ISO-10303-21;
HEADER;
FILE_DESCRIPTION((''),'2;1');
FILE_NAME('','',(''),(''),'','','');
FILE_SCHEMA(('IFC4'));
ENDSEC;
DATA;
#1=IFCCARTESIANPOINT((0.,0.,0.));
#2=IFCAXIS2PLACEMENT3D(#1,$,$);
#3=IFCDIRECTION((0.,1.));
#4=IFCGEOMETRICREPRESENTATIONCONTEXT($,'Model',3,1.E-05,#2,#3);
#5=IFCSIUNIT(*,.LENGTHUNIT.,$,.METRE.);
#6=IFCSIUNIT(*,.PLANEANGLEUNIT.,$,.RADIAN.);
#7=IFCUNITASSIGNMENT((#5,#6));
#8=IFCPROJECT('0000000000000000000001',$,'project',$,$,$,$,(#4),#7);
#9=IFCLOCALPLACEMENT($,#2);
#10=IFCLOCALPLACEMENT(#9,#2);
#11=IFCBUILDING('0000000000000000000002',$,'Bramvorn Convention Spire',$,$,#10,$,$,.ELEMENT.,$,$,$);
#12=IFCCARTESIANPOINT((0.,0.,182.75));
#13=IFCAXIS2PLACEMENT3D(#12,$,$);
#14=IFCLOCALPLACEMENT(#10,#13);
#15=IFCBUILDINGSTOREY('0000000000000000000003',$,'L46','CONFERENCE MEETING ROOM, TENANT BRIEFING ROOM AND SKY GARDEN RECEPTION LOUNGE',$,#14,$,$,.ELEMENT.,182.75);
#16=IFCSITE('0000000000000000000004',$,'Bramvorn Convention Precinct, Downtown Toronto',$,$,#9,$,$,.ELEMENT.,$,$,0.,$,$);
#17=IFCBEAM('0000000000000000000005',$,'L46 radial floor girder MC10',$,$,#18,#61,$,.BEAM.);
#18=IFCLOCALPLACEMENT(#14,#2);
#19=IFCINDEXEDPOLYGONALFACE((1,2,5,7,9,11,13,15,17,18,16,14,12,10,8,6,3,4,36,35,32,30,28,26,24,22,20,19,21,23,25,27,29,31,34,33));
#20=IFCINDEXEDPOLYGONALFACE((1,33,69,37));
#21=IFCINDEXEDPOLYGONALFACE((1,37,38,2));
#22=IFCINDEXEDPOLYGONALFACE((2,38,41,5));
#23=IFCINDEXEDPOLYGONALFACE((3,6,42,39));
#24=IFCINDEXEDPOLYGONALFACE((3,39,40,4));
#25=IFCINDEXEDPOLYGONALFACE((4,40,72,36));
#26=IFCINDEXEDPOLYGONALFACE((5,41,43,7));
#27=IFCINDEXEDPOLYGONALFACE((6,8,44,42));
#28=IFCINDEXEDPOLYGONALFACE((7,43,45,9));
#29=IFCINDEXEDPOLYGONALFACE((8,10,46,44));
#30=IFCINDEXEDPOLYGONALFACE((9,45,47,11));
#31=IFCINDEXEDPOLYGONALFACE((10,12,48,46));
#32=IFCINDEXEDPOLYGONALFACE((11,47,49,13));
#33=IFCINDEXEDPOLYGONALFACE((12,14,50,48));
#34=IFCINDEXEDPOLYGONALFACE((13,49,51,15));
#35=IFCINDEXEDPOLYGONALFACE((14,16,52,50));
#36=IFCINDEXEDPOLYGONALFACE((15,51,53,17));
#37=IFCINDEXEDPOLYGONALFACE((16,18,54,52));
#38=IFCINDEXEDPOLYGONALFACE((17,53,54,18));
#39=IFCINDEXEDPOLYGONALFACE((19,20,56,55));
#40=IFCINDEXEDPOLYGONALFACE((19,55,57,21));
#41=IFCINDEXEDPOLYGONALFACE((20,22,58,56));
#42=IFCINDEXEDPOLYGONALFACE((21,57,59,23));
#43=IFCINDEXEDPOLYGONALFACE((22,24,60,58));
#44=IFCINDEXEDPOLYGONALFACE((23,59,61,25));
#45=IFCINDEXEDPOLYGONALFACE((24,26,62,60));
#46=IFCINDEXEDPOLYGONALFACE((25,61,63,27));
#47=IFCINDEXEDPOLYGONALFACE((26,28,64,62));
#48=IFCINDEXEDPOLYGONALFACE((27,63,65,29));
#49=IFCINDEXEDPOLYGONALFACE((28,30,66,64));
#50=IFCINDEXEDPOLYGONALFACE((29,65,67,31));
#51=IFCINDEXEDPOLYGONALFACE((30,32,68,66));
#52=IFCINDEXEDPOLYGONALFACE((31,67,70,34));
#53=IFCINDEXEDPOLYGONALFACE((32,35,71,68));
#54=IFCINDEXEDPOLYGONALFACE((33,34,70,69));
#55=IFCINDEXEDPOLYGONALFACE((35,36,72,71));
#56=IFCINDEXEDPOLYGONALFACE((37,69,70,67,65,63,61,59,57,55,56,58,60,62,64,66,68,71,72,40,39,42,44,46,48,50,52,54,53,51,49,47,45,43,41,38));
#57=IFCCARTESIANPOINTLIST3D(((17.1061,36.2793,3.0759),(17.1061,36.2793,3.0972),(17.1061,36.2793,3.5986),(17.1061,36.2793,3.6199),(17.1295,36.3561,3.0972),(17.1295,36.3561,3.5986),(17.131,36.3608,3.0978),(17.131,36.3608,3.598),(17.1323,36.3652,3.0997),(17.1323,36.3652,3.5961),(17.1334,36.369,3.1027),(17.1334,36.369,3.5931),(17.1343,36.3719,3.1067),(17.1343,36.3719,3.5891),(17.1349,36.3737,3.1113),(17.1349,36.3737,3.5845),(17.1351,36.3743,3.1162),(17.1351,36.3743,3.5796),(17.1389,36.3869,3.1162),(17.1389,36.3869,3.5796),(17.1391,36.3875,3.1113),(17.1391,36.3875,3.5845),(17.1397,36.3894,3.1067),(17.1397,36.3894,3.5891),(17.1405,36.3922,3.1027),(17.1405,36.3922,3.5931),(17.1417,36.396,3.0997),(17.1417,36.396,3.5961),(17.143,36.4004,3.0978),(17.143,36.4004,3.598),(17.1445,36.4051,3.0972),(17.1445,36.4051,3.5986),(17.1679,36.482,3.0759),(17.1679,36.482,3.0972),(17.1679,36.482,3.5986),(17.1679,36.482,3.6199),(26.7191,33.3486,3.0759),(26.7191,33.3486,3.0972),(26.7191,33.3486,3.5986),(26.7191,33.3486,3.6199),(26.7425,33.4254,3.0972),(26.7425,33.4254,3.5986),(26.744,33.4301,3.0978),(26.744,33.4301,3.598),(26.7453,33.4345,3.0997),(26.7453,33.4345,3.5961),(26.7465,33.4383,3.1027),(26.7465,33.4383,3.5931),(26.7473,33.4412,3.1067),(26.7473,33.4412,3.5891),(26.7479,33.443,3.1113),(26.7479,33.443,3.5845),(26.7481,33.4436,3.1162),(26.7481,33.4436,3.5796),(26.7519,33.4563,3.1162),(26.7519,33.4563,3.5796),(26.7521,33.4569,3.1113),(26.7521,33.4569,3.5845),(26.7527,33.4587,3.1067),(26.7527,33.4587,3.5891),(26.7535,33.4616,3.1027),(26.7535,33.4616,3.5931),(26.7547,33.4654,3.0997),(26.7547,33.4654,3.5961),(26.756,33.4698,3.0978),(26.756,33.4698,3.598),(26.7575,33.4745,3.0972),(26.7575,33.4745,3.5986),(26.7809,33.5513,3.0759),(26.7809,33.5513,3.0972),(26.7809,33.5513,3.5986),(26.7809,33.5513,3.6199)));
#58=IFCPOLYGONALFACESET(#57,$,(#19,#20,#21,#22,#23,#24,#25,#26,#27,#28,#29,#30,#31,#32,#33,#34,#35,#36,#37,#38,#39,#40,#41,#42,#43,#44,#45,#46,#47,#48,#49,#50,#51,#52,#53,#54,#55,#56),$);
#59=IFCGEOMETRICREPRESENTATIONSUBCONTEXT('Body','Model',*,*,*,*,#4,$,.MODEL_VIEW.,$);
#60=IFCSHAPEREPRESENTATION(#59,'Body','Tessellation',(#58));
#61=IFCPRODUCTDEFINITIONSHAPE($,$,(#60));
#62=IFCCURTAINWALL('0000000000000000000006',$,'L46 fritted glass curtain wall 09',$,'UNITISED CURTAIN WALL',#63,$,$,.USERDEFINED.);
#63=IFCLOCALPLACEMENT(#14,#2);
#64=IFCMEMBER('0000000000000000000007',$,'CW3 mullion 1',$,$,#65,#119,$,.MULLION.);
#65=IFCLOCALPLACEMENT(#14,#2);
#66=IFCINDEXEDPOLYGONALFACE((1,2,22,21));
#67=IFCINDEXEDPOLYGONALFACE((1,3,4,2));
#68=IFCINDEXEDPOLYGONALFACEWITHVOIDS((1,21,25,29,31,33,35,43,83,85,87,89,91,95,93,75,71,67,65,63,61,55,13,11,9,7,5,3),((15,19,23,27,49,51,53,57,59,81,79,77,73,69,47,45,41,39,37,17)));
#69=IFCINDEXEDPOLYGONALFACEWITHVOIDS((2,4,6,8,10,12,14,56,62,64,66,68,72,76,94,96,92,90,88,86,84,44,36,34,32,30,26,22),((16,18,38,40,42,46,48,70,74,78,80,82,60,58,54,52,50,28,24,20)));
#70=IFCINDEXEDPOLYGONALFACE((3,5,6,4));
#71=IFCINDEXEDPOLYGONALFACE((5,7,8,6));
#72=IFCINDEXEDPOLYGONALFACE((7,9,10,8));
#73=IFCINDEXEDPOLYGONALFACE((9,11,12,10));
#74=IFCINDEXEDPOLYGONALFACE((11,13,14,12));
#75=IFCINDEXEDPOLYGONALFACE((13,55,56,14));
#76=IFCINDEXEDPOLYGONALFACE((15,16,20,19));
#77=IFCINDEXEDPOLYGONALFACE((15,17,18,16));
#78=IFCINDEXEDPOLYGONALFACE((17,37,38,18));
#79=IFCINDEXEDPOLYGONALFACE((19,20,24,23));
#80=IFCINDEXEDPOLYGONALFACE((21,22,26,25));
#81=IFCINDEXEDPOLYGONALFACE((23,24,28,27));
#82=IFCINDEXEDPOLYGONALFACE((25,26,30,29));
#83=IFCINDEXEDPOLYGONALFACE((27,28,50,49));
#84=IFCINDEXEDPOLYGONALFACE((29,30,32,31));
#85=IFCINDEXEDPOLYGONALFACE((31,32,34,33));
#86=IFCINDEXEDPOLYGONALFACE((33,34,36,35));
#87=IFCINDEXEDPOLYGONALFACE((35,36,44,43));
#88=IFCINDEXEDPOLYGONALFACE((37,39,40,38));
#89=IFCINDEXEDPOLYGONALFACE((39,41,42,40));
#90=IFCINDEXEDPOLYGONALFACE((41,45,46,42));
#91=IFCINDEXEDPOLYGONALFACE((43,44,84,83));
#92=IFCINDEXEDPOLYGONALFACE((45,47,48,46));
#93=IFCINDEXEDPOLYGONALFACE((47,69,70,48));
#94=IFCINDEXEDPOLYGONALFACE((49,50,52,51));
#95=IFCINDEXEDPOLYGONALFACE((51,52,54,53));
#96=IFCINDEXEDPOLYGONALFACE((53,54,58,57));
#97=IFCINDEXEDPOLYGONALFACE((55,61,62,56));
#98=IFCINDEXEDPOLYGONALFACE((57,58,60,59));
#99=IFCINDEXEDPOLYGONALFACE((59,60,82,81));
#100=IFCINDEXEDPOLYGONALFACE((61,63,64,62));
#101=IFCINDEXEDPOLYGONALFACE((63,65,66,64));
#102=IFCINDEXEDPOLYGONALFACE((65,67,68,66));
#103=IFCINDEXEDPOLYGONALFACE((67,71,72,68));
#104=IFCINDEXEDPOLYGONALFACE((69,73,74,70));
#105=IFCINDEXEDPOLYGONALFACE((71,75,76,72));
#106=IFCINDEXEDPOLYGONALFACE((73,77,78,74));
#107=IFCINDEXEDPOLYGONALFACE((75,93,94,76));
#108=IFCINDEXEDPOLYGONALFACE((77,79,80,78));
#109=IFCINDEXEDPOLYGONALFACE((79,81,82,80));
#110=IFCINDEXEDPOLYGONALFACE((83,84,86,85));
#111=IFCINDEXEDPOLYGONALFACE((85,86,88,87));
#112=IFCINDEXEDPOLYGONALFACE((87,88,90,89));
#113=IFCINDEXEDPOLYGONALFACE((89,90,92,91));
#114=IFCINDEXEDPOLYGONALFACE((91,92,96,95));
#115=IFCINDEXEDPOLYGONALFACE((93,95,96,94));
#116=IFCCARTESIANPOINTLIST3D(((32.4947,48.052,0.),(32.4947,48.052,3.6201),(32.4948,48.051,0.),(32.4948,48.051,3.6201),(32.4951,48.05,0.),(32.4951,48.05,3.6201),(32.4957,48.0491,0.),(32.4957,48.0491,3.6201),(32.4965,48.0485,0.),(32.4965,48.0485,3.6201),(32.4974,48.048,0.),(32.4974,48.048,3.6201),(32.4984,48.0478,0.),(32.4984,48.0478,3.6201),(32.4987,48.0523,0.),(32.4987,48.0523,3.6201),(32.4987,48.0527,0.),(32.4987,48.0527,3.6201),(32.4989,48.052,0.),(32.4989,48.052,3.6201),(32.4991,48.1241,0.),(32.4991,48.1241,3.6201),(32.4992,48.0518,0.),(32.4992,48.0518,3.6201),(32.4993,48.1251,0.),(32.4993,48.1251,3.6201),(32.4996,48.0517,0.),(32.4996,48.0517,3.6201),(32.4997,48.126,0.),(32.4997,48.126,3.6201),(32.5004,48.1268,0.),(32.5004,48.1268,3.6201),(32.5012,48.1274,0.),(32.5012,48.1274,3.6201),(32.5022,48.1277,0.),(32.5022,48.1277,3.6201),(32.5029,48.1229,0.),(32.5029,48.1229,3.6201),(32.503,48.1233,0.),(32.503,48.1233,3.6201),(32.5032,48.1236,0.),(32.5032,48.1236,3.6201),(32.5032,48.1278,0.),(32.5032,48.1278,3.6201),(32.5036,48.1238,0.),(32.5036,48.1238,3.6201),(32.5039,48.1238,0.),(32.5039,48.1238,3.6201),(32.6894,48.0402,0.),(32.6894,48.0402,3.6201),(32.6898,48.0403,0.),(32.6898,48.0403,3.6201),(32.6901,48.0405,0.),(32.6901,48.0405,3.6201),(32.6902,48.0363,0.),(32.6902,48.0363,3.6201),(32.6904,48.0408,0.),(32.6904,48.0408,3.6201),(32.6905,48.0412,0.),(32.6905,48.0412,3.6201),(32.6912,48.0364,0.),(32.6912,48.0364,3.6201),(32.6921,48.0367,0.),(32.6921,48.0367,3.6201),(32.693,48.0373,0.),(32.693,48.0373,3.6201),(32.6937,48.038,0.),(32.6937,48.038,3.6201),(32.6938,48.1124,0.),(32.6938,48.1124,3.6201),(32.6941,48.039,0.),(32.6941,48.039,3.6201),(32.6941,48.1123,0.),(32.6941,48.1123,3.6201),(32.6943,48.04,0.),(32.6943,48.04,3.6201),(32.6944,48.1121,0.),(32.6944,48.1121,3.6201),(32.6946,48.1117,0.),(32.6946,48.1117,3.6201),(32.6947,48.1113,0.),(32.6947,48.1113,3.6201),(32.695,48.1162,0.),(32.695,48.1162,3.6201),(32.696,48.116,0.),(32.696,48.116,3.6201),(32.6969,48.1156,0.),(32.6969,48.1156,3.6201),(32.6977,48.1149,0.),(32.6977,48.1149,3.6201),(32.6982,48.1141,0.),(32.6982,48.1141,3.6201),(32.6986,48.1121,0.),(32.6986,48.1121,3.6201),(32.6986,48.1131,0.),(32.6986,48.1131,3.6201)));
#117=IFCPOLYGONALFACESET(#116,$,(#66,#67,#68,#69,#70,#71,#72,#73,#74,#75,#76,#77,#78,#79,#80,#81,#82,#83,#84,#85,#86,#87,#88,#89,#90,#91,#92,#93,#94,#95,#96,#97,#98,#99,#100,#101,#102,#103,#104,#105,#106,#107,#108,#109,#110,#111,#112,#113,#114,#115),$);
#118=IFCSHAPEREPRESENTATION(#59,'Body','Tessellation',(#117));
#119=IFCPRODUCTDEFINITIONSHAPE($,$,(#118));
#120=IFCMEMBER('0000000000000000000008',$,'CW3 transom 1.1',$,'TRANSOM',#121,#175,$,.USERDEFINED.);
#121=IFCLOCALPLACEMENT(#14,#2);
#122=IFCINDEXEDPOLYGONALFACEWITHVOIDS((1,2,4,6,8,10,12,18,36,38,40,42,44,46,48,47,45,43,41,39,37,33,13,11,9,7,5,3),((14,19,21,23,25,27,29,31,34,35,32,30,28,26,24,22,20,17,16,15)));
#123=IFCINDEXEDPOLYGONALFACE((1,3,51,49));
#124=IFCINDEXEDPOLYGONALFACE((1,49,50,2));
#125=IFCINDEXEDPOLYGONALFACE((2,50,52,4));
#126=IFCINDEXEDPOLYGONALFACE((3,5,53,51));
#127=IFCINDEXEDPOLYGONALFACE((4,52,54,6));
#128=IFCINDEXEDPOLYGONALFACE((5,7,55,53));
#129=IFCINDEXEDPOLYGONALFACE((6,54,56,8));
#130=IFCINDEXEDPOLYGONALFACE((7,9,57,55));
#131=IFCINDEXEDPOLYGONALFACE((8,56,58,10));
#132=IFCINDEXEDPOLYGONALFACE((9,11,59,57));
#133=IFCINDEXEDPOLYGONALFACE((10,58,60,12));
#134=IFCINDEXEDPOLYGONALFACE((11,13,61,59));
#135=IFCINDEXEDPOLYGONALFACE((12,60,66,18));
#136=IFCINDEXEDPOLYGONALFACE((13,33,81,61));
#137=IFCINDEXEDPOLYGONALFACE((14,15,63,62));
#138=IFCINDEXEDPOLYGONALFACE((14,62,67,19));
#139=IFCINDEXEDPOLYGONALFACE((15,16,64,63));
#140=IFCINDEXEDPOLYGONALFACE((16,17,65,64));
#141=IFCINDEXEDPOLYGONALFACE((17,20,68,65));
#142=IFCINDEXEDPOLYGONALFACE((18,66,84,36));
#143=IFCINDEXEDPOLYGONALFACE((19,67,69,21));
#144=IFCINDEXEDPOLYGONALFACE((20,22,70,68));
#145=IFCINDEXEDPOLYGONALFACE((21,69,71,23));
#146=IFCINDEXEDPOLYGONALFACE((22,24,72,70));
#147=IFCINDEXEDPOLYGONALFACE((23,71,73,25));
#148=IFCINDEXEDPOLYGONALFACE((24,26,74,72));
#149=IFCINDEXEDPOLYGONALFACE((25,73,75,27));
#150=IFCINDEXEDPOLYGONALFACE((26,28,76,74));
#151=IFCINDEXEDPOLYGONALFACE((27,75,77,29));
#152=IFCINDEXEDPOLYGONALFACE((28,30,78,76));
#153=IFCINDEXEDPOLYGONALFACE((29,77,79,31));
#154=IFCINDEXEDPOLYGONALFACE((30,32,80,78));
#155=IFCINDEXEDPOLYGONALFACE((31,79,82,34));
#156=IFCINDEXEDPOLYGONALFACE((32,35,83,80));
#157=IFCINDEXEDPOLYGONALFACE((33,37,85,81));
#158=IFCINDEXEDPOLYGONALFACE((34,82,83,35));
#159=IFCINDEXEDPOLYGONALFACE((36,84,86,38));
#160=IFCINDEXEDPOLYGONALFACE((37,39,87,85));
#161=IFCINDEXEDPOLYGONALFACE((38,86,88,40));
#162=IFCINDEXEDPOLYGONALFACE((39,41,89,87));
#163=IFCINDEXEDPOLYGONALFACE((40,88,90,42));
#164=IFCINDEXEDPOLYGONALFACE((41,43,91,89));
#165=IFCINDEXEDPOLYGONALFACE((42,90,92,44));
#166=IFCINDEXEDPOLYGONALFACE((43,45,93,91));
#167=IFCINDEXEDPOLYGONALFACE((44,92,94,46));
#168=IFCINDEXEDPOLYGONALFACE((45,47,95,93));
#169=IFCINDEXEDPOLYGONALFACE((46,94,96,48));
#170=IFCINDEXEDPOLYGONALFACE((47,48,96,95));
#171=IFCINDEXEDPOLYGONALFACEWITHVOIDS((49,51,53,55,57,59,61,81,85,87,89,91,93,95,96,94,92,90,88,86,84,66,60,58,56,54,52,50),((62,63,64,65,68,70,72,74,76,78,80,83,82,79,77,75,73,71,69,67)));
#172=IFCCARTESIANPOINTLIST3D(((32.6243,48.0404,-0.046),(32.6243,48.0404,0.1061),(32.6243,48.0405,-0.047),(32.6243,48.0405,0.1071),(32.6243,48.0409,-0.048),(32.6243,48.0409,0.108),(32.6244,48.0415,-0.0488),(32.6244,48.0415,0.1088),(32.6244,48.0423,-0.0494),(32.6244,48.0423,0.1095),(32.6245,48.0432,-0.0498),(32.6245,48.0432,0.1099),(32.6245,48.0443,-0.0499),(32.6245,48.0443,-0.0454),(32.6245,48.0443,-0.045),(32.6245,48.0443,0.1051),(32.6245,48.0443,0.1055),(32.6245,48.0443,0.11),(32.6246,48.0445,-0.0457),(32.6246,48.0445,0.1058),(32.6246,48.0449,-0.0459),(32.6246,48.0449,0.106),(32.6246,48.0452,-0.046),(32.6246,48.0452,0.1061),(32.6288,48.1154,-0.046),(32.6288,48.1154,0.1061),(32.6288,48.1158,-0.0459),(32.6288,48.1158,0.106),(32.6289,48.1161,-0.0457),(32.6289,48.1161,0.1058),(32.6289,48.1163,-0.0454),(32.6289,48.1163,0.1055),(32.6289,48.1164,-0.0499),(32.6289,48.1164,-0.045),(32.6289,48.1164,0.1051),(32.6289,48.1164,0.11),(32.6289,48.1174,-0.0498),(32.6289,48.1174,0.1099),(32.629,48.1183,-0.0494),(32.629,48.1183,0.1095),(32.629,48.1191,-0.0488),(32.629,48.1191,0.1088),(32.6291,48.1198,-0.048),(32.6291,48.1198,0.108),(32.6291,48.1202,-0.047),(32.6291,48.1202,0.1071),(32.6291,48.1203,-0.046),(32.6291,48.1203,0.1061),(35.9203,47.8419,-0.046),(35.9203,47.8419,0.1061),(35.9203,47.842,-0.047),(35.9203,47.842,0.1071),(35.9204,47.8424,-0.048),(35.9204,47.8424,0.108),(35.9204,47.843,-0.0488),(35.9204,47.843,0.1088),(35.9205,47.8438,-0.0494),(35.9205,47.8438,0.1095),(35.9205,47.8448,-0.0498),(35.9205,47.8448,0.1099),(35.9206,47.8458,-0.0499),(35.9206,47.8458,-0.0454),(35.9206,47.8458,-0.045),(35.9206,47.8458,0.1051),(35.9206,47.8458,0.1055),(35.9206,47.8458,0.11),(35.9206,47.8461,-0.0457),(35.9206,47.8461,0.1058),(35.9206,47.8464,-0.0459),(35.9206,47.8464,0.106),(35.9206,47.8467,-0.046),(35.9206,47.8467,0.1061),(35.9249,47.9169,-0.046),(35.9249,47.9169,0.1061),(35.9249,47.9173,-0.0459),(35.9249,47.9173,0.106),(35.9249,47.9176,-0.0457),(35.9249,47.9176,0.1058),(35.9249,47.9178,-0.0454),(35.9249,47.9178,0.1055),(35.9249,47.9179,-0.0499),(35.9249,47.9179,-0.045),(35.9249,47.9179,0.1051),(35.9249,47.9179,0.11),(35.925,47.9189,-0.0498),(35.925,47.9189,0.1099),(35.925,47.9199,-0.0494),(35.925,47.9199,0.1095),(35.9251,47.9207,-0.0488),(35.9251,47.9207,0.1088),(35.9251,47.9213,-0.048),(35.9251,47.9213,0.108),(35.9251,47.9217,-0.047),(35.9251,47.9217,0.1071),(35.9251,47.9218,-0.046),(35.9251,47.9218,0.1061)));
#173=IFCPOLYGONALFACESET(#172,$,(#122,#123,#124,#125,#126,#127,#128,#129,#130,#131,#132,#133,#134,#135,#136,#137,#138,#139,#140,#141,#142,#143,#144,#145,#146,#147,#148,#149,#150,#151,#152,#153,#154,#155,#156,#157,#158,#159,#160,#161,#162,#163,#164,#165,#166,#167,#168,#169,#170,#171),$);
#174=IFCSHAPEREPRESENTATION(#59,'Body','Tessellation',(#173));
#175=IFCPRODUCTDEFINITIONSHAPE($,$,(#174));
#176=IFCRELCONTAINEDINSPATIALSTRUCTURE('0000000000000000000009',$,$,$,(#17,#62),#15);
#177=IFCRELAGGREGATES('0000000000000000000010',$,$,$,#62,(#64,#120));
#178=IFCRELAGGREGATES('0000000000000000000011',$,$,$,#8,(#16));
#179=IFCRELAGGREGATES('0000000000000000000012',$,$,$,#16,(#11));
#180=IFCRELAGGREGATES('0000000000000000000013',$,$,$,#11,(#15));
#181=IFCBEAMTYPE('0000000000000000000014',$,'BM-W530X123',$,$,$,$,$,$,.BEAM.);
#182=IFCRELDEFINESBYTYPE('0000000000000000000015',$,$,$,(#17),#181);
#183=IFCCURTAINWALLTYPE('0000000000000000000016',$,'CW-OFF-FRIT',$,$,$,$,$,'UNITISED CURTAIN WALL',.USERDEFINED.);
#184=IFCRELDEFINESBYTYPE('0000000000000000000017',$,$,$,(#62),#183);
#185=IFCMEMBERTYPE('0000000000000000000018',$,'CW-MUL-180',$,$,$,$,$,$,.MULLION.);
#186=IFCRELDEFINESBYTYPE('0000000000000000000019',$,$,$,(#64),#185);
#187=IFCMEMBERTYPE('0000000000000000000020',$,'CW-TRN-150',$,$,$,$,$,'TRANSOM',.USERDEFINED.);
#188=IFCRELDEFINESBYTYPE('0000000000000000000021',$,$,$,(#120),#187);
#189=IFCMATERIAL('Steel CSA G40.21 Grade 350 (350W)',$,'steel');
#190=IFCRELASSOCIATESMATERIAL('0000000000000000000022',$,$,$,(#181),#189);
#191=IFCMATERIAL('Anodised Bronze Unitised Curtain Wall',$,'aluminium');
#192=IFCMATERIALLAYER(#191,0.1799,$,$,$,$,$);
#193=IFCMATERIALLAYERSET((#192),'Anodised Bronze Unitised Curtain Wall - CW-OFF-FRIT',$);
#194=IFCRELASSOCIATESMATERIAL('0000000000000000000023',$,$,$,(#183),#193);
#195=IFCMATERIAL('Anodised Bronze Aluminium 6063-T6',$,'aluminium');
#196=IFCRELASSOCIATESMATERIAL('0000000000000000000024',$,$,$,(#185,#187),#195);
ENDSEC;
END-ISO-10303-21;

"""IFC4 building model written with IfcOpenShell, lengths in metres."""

from ifc_helpers import new_model, si_unit, direction, frame, origin, origin_2d, place, context, subcontext, project, spatial, hollow_rectangle, i_section, extrude, material, layer, layer_set, material_profile, profile_set, type_object, element, aggregate, save


model = new_model("IFC4")

# Units and contexts
model_context = context("Model", 3, precision=1e-05, world=origin(), true_north=direction((0.0, 1.0)))
body_context = subcontext(model_context, "Body", "Model", "MODEL_VIEW")
ifc_project = project(units=[si_unit("LENGTHUNIT", "METRE"), si_unit("PLANEANGLEUNIT", "RADIAN")], contexts=[model_context])

# Site, building, storey
site_placement = place(None, origin())
site = spatial("IfcSite", under=ifc_project, at=site_placement, Name="Bramvorn Convention Precinct, Downtown Toronto", CompositionType="ELEMENT", RefElevation=0.0)
building_placement = place(site_placement, origin())
building = spatial("IfcBuilding", under=site, at=building_placement, Name="Bramvorn Convention Spire", CompositionType="ELEMENT")
storey_placement = place(building_placement, frame((0.0, 0.0, 182.75)))
storey = spatial("IfcBuildingStorey", under=building, at=storey_placement, Name="L46", Description="CONFERENCE MEETING ROOM, TENANT BRIEFING ROOM AND SKY GARDEN RECEPTION LOUNGE", CompositionType="ELEMENT", Elevation=182.75)

# Shared definitions
ifc_material_1 = material(Name="Steel CSA G40.21 Grade 350 (350W)", Category="steel")

# Beam
ifc_material_profile_1 = material_profile(ifc_material_1, i_section(OverallWidth=0.2119, OverallDepth=0.5439, WebThickness=0.0132, FlangeThickness=0.0212, FilletRadius=0.019, at=origin_2d()))
ifc_profile_set_1 = profile_set([ifc_material_profile_1], Name="Steel CSA G40.21 Grade 350 (350W) - W530X123")
beam_type_1 = type_object("IfcBeamType", Name="BM-W530X123", PredefinedType="BEAM", material=ifc_profile_set_1)
beam_1_placement = place(storey_placement, frame((26.75, 33.45, 3.3479), z_axis=(-0.956536, 0.291613, 0.0), x_axis=(-0.291613, -0.956536, 0.0)))
element("IfcBeam", 1, at=beam_1_placement, inside=storey, type_object=beam_type_1, Name="L46 radial floor girder MC10", PredefinedType="BEAM", context=body_context, shape_type="SweptSolid", body=[
    extrude(i_section(OverallWidth=0.2119, OverallDepth=0.5439, WebThickness=0.0132, FlangeThickness=0.0212, FilletRadius=0.019, at=origin_2d()), origin(), (0.0, 0.0, 1.0), 10.0498),
])

# Curtain wall, members
ifc_material_2 = material(Name="Anodised Bronze Unitised Curtain Wall", Category="aluminium")
ifc_layer_1 = layer(ifc_material_2, 0.1799)
ifc_layer_set_1 = layer_set([ifc_layer_1], Name="Anodised Bronze Unitised Curtain Wall - CW-OFF-FRIT")
curtain_wall_type = type_object("IfcCurtainWallType", Name="CW-OFF-FRIT", ElementType="UNITISED CURTAIN WALL", PredefinedType="USERDEFINED", material=ifc_layer_set_1)
curtain_wall_placement = place(storey_placement, origin())
curtain_wall = element("IfcCurtainWall", 2, at=curtain_wall_placement, inside=storey, type_object=curtain_wall_type, Name="L46 fritted glass curtain wall 09", ObjectType="UNITISED CURTAIN WALL", PredefinedType="USERDEFINED")
ifc_material_3 = material(Name="Anodised Bronze Aluminium 6063-T6", Category="aluminium")
ifc_material_profile_2 = material_profile(ifc_material_3, hollow_rectangle(XDim=0.0801, YDim=0.2, WallThickness=0.0039, InnerFilletRadius=0.001, OuterFilletRadius=0.0039, at=origin_2d()))
ifc_profile_set_2 = profile_set([ifc_material_profile_2], Name="Anodised Bronze Aluminium 6063-T6 - CWM80X200")
member_type_1 = type_object("IfcMemberType", Name="CW-MUL-180", PredefinedType="MULLION", material=ifc_profile_set_2)
member_1_placement = place(storey_placement, frame((32.5967, 48.082, 0.0), z_axis=(0.0, 0.0, 1.0), x_axis=(0.060123, 0.998191, 0.0)))
member_1 = element("IfcMember", 3, at=member_1_placement, type_object=member_type_1, Name="CW3 mullion 1", PredefinedType="MULLION", context=body_context, shape_type="SweptSolid", body=[
    extrude(hollow_rectangle(XDim=0.0801, YDim=0.2, WallThickness=0.0039, InnerFilletRadius=0.001, OuterFilletRadius=0.0039, at=origin_2d()), origin(), (0.0, 0.0, 1.0), 3.6201),
])
ifc_material_profile_3 = material_profile(ifc_material_3, hollow_rectangle(XDim=0.0801, YDim=0.1599, WallThickness=0.0039, InnerFilletRadius=0.001, OuterFilletRadius=0.0039, at=origin_2d()))
ifc_profile_set_3 = profile_set([ifc_material_profile_3], Name="Anodised Bronze Aluminium 6063-T6 - CWT80X160")
member_type_2 = type_object("IfcMemberType", Name="CW-TRN-150", ElementType="TRANSOM", PredefinedType="USERDEFINED", material=ifc_profile_set_3)
member_2_placement = place(storey_placement, frame((32.6267, 48.0803, 0.03), z_axis=(0.998192, -0.060109, 0.0), x_axis=(0.060109, 0.998192, 0.0)))
member_2 = element("IfcMember", 4, at=member_2_placement, type_object=member_type_2, Name="CW3 transom 1.1", ObjectType="TRANSOM", PredefinedType="USERDEFINED", context=body_context, shape_type="SweptSolid", body=[
    extrude(hollow_rectangle(XDim=0.0801, YDim=0.1599, WallThickness=0.0039, InnerFilletRadius=0.001, OuterFilletRadius=0.0039, at=origin_2d()), origin(), (0.0, 0.0, 1.0), 3.302),
])

aggregate(curtain_wall, [member_1, member_2])

save(model, "model.ifc")
